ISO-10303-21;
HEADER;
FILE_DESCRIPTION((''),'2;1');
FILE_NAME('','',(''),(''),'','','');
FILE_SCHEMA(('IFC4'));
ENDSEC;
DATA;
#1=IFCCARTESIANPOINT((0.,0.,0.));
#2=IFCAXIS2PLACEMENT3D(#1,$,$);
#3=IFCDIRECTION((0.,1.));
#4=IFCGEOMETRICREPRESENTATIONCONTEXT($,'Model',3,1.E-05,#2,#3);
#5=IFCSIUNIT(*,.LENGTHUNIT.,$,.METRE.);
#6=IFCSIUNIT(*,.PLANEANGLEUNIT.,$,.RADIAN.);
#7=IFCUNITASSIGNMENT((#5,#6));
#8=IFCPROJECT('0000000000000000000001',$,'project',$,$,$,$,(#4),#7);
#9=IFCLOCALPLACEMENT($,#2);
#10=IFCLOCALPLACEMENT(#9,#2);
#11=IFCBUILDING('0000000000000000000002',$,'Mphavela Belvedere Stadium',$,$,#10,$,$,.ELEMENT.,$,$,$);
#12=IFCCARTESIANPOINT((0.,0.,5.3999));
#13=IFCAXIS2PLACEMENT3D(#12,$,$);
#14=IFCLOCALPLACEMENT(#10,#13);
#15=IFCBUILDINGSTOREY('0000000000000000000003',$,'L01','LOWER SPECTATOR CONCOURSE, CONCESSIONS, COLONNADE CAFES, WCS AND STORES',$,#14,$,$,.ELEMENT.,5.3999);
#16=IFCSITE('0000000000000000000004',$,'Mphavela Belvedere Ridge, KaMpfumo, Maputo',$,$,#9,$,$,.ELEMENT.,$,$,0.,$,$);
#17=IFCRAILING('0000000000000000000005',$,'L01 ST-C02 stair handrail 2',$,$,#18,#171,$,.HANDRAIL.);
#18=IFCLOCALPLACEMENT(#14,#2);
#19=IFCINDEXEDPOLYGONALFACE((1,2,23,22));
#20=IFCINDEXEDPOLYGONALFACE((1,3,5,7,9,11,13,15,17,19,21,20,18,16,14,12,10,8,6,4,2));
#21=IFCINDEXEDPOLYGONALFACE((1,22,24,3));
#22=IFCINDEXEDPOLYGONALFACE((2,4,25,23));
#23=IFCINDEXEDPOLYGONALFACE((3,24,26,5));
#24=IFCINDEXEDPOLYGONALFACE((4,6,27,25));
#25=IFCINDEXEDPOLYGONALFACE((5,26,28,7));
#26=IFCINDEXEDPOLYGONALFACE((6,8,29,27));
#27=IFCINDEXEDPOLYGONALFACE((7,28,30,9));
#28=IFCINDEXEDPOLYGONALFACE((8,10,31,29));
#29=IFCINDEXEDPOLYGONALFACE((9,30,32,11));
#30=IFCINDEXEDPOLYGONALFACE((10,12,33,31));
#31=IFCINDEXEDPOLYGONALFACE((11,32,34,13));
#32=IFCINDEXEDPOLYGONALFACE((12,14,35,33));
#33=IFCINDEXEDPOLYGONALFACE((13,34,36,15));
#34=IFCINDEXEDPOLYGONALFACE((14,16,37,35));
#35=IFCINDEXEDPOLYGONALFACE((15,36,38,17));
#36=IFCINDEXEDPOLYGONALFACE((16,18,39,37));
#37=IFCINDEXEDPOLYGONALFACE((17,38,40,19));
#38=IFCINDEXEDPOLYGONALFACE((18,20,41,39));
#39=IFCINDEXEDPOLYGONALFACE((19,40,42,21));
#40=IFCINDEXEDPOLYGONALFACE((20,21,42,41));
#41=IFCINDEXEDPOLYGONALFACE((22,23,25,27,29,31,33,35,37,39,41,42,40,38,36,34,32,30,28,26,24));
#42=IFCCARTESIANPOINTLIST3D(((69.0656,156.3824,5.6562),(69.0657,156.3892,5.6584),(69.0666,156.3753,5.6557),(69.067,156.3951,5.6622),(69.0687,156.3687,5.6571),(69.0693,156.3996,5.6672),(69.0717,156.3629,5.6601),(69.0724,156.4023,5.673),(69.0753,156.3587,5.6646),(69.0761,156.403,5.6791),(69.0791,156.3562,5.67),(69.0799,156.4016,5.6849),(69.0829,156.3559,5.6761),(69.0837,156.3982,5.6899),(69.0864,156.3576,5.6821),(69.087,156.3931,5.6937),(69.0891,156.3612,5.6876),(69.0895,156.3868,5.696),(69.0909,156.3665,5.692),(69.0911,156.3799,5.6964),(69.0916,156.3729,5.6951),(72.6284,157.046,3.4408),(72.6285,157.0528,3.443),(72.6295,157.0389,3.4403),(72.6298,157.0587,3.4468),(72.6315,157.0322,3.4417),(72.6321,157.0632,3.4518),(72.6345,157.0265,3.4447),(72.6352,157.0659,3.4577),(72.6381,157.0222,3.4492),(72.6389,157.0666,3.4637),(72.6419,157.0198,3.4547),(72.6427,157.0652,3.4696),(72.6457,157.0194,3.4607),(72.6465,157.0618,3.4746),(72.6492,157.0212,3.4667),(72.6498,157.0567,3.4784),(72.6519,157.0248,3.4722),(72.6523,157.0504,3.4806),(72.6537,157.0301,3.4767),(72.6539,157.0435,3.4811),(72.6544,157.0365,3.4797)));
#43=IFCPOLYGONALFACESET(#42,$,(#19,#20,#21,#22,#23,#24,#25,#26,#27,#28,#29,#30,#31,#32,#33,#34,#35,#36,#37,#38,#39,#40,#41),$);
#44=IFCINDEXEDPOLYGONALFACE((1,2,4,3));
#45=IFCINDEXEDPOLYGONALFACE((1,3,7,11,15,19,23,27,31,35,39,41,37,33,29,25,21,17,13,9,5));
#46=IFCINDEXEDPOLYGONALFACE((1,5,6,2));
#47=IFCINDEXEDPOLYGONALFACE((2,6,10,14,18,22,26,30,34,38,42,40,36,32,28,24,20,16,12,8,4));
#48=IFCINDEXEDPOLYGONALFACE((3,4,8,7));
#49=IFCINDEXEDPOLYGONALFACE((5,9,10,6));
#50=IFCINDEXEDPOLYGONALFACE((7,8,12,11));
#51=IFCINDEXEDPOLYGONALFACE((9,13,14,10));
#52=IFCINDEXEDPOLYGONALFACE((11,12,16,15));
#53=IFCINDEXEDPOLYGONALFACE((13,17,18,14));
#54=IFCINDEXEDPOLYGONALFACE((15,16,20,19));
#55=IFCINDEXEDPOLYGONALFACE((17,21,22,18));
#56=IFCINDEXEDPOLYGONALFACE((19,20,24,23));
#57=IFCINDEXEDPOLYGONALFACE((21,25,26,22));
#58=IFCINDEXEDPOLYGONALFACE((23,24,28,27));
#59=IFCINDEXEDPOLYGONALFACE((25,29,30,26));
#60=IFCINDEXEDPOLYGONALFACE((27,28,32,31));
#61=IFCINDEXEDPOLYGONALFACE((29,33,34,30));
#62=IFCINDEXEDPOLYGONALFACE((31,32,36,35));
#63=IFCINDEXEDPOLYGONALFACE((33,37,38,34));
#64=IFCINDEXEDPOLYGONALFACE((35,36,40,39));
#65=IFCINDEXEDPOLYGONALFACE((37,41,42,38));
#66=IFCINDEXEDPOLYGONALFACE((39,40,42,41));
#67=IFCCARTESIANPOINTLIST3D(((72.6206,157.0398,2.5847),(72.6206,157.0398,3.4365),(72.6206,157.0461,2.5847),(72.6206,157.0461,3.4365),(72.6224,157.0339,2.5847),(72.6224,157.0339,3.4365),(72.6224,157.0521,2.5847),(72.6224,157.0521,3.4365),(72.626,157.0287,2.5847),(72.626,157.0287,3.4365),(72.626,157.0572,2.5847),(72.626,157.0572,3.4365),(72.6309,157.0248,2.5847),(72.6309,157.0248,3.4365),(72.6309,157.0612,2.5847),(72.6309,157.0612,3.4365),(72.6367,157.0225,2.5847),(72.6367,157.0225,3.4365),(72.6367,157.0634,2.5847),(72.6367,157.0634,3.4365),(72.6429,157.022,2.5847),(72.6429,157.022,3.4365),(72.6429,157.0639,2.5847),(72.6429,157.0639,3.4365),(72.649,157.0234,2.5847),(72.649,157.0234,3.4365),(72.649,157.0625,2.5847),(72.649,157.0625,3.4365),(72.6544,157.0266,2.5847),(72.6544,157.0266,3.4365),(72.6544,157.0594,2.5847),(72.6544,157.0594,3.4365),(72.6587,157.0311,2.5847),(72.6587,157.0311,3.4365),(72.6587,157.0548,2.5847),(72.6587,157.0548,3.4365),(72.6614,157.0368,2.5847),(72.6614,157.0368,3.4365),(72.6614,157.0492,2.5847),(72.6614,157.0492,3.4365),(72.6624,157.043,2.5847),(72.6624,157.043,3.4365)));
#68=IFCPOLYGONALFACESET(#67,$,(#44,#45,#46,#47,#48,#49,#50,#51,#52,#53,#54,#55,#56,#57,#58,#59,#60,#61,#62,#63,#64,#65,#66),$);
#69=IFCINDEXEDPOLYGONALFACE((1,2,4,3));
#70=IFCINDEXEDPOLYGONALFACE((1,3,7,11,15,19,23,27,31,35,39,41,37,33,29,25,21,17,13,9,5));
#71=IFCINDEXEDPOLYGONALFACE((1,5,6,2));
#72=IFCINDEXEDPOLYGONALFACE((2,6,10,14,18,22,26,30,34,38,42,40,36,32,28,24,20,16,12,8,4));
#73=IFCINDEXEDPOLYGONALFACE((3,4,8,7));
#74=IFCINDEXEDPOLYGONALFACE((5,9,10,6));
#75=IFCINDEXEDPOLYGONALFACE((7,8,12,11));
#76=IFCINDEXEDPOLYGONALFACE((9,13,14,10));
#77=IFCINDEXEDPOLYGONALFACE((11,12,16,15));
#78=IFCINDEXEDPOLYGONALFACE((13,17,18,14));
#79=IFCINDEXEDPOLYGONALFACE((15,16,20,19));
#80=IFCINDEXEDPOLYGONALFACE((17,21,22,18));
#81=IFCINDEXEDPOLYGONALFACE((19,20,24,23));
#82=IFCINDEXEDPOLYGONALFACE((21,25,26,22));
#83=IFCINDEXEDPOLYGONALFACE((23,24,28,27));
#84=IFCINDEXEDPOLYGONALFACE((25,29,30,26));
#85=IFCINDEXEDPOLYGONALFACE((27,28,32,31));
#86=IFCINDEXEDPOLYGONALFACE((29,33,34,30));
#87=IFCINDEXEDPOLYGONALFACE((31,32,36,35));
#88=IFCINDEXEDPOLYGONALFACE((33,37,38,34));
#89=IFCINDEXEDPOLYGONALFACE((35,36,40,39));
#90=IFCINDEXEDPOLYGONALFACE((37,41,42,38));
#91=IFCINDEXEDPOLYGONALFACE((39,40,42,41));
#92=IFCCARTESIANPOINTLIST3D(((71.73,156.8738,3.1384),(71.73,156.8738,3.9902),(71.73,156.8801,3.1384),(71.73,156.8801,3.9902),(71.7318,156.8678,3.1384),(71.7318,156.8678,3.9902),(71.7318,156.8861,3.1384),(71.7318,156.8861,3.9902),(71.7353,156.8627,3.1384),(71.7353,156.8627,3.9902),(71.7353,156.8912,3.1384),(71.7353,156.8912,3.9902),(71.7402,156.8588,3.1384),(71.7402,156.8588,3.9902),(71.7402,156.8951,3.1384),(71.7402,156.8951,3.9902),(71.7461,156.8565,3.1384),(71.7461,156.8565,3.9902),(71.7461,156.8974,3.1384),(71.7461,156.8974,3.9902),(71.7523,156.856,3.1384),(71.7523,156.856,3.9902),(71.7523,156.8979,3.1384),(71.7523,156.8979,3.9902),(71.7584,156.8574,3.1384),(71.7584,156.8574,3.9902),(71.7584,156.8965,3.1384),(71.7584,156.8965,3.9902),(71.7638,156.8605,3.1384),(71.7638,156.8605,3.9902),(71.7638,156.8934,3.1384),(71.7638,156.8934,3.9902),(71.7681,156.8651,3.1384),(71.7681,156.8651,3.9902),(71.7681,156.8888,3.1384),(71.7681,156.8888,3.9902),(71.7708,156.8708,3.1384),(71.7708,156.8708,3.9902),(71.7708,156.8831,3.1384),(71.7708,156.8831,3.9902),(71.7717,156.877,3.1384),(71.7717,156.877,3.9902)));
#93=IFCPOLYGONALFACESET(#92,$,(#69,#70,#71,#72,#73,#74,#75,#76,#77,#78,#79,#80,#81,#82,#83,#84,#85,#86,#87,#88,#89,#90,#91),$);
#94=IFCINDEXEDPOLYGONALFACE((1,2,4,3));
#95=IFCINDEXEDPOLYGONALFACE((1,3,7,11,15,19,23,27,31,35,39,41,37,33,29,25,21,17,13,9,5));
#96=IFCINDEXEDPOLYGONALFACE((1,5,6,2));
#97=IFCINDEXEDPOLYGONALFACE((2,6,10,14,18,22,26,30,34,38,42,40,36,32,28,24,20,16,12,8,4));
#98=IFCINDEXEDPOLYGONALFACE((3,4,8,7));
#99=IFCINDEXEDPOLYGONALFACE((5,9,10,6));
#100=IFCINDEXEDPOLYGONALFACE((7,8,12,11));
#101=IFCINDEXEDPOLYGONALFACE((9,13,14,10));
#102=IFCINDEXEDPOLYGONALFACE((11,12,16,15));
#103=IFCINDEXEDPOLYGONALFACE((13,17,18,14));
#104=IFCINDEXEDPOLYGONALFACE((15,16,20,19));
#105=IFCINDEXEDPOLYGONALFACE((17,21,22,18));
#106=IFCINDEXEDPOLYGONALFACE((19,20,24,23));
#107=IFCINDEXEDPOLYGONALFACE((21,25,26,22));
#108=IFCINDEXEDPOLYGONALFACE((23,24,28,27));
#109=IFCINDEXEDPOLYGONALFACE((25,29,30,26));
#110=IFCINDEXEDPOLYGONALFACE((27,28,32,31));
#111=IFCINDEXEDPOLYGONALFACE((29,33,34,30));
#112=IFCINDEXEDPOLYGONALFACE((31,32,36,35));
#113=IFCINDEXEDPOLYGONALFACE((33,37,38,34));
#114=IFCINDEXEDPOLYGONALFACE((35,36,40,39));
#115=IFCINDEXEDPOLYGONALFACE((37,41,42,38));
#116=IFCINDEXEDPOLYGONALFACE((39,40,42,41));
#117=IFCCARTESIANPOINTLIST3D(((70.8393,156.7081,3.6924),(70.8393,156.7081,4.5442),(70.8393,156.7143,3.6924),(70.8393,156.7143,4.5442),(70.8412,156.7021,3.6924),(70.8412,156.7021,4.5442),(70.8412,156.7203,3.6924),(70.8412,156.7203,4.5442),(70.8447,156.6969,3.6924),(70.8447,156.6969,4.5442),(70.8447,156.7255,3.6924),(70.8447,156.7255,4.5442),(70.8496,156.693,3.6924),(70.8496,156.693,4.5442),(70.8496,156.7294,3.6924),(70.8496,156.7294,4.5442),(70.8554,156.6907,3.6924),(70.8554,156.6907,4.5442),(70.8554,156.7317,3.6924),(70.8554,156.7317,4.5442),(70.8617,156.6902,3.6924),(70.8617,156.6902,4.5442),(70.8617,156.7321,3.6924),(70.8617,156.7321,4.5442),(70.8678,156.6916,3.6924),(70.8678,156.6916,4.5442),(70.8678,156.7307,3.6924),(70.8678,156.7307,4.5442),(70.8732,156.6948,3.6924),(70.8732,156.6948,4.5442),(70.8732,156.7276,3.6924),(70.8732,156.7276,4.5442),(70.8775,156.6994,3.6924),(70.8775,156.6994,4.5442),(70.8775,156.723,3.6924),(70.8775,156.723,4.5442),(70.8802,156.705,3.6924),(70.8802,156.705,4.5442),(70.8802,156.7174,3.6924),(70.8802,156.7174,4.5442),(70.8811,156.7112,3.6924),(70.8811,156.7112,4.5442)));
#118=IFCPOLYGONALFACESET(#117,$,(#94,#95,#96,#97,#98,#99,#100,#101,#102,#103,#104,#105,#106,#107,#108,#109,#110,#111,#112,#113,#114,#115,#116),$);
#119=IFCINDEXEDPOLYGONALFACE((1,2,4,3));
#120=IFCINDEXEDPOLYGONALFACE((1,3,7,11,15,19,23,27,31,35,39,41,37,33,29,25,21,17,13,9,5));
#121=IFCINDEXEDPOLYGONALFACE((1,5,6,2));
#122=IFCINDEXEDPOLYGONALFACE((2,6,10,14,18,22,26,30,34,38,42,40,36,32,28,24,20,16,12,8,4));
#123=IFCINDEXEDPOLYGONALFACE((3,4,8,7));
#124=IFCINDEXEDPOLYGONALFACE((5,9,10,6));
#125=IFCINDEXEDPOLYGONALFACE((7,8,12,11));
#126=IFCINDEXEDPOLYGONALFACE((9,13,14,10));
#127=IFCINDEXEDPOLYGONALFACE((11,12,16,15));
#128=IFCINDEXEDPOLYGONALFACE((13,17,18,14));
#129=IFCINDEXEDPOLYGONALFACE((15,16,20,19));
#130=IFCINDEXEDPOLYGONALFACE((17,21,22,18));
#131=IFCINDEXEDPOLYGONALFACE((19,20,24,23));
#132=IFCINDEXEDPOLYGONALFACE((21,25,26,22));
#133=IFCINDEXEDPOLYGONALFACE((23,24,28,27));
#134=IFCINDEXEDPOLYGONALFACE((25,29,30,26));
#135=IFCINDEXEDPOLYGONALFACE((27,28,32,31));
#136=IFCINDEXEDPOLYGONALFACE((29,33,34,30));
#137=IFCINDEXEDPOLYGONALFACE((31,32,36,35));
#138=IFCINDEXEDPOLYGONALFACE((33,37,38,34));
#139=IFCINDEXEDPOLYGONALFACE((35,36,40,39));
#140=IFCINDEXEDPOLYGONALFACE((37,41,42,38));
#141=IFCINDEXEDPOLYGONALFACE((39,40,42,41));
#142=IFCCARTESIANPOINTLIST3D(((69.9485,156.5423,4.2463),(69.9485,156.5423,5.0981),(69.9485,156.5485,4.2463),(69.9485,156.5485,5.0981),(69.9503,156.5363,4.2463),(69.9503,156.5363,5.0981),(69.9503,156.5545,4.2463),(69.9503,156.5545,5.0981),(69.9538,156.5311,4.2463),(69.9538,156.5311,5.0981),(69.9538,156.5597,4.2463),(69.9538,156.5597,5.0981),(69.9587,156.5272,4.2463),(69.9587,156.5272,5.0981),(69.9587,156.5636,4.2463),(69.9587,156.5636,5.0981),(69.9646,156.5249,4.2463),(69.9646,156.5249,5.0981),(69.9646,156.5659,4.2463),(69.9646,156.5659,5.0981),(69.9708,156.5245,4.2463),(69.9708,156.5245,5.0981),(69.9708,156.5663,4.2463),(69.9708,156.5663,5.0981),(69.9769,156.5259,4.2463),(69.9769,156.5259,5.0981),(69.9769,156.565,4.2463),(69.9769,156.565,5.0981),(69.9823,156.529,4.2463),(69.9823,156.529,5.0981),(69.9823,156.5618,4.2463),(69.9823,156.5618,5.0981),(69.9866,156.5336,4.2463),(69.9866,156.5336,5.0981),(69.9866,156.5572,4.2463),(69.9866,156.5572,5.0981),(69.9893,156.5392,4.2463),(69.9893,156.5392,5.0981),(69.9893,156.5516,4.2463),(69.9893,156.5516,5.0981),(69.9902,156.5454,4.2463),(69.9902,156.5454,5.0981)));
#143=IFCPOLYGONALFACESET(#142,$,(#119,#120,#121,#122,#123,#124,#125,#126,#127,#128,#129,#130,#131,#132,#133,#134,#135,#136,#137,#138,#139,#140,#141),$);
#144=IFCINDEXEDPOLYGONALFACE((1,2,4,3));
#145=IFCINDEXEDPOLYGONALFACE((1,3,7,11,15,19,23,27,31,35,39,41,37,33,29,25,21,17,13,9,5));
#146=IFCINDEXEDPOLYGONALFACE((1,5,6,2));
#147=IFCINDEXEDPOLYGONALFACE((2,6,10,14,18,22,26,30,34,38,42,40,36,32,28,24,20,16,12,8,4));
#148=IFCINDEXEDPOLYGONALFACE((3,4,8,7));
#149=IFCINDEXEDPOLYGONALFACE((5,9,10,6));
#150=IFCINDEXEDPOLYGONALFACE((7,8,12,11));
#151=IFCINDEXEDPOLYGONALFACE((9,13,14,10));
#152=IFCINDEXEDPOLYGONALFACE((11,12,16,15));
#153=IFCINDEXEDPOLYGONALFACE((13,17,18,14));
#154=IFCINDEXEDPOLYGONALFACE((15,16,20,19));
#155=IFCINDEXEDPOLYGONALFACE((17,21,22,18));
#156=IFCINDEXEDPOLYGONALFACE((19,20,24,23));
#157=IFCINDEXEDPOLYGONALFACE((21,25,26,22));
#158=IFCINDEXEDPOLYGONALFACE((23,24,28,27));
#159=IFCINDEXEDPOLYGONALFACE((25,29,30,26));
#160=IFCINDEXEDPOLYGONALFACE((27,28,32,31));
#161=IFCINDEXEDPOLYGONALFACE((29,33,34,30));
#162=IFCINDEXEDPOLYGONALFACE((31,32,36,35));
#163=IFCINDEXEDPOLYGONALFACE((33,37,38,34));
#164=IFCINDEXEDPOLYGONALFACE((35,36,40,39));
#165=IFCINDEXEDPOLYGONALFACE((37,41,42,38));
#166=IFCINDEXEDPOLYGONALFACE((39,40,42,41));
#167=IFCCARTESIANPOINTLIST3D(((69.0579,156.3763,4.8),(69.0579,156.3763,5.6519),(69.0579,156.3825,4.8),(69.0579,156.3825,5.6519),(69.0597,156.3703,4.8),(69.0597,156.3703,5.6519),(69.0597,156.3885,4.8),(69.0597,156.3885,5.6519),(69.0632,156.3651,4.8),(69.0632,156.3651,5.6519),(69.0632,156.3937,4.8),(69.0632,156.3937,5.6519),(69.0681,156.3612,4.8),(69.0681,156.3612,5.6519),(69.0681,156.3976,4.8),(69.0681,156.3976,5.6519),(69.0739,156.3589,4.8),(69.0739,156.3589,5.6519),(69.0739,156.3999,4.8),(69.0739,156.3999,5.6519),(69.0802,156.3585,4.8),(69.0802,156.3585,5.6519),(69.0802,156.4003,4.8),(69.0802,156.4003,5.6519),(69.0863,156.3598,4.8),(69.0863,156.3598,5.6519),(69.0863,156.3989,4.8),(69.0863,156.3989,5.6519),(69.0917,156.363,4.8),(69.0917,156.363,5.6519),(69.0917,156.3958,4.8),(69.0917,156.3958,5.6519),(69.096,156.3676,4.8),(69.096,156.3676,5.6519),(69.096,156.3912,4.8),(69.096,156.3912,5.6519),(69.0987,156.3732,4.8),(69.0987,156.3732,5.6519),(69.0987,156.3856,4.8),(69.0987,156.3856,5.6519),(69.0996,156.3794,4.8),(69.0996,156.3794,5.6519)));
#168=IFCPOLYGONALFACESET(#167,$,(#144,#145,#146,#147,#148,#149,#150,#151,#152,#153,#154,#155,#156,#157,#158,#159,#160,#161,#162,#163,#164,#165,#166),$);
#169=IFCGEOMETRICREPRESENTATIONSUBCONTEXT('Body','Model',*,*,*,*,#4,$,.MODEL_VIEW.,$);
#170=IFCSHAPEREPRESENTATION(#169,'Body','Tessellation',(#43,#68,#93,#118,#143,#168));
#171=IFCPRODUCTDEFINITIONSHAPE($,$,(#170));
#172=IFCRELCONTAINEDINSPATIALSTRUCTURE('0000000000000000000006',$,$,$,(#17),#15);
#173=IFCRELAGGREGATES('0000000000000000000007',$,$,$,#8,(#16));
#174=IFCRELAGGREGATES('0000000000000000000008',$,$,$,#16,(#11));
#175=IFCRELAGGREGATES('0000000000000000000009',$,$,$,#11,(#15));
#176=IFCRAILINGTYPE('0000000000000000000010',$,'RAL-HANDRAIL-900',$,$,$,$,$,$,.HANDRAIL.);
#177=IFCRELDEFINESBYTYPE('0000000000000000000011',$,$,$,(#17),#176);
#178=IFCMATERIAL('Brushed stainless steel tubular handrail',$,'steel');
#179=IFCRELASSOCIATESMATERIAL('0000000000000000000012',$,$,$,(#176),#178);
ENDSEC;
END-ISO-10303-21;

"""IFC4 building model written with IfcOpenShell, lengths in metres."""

from ifc_helpers import new_model, si_unit, direction, frame, origin, origin_2d, place, context, subcontext, project, spatial, circle, extrude, material, type_object, element, save


model = new_model("IFC4")

# Units and contexts
model_context = context("Model", 3, precision=1e-05, world=origin(), true_north=direction((0.0, 1.0)))
body_context = subcontext(model_context, "Body", "Model", "MODEL_VIEW")
ifc_project = project(units=[si_unit("LENGTHUNIT", "METRE"), si_unit("PLANEANGLEUNIT", "RADIAN")], contexts=[model_context])

# Site, building, storey
site_placement = place(None, origin())
site = spatial("IfcSite", under=ifc_project, at=site_placement, Name="Mphavela Belvedere Ridge, KaMpfumo, Maputo", CompositionType="ELEMENT", RefElevation=0.0)
building_placement = place(site_placement, origin())
building = spatial("IfcBuilding", under=site, at=building_placement, Name="Mphavela Belvedere Stadium", CompositionType="ELEMENT")
storey_placement = place(building_placement, frame((0.0, 0.0, 5.3999)))
storey = spatial("IfcBuildingStorey", under=building, at=storey_placement, Name="L01", Description="LOWER SPECTATOR CONCOURSE, CONCESSIONS, COLONNADE CAFES, WCS AND STORES", CompositionType="ELEMENT", Elevation=5.3999)

# Railing
ifc_material_1 = material(Name="Brushed stainless steel tubular handrail", Category="steel")
railing_type_1 = type_object("IfcRailingType", Name="RAL-HANDRAIL-900", PredefinedType="HANDRAIL", material=ifc_material_1)
railing_1_placement = place(storey_placement, frame((72.6414, 157.043, 2.5847)))
element("IfcRailing", 1, at=railing_1_placement, inside=storey, type_object=railing_type_1, Name="L01 ST-C02 stair handrail 2", PredefinedType="HANDRAIL", context=body_context, shape_type="SweptSolid", body=[
    extrude(circle(Radius=0.0239, at=origin_2d()), frame((0.0, 0.0, 0.876), z_axis=(-0.838788, -0.156227, 0.521563), x_axis=(0.183105, -0.983093, 0.0)), (0.0, 0.0, 1.0), 4.2476),
    extrude(circle(Radius=0.021, at=origin_2d()), origin(), (0.0, 0.0, 1.0), 0.8518),
    extrude(circle(Radius=0.021, at=origin_2d()), frame((-0.8906, -0.166, 0.5537)), (0.0, 0.0, 1.0), 0.8518),
    extrude(circle(Radius=0.021, at=origin_2d()), frame((-1.7812, -0.3318, 1.1077)), (0.0, 0.0, 1.0), 0.8518),
    extrude(circle(Radius=0.021, at=origin_2d()), frame((-2.6721, -0.4976, 1.6616)), (0.0, 0.0, 1.0), 0.8518),
    extrude(circle(Radius=0.021, at=origin_2d()), frame((-3.5627, -0.6636, 2.2153)), (0.0, 0.0, 1.0), 0.8518),
])

save(model, "model.ifc")
